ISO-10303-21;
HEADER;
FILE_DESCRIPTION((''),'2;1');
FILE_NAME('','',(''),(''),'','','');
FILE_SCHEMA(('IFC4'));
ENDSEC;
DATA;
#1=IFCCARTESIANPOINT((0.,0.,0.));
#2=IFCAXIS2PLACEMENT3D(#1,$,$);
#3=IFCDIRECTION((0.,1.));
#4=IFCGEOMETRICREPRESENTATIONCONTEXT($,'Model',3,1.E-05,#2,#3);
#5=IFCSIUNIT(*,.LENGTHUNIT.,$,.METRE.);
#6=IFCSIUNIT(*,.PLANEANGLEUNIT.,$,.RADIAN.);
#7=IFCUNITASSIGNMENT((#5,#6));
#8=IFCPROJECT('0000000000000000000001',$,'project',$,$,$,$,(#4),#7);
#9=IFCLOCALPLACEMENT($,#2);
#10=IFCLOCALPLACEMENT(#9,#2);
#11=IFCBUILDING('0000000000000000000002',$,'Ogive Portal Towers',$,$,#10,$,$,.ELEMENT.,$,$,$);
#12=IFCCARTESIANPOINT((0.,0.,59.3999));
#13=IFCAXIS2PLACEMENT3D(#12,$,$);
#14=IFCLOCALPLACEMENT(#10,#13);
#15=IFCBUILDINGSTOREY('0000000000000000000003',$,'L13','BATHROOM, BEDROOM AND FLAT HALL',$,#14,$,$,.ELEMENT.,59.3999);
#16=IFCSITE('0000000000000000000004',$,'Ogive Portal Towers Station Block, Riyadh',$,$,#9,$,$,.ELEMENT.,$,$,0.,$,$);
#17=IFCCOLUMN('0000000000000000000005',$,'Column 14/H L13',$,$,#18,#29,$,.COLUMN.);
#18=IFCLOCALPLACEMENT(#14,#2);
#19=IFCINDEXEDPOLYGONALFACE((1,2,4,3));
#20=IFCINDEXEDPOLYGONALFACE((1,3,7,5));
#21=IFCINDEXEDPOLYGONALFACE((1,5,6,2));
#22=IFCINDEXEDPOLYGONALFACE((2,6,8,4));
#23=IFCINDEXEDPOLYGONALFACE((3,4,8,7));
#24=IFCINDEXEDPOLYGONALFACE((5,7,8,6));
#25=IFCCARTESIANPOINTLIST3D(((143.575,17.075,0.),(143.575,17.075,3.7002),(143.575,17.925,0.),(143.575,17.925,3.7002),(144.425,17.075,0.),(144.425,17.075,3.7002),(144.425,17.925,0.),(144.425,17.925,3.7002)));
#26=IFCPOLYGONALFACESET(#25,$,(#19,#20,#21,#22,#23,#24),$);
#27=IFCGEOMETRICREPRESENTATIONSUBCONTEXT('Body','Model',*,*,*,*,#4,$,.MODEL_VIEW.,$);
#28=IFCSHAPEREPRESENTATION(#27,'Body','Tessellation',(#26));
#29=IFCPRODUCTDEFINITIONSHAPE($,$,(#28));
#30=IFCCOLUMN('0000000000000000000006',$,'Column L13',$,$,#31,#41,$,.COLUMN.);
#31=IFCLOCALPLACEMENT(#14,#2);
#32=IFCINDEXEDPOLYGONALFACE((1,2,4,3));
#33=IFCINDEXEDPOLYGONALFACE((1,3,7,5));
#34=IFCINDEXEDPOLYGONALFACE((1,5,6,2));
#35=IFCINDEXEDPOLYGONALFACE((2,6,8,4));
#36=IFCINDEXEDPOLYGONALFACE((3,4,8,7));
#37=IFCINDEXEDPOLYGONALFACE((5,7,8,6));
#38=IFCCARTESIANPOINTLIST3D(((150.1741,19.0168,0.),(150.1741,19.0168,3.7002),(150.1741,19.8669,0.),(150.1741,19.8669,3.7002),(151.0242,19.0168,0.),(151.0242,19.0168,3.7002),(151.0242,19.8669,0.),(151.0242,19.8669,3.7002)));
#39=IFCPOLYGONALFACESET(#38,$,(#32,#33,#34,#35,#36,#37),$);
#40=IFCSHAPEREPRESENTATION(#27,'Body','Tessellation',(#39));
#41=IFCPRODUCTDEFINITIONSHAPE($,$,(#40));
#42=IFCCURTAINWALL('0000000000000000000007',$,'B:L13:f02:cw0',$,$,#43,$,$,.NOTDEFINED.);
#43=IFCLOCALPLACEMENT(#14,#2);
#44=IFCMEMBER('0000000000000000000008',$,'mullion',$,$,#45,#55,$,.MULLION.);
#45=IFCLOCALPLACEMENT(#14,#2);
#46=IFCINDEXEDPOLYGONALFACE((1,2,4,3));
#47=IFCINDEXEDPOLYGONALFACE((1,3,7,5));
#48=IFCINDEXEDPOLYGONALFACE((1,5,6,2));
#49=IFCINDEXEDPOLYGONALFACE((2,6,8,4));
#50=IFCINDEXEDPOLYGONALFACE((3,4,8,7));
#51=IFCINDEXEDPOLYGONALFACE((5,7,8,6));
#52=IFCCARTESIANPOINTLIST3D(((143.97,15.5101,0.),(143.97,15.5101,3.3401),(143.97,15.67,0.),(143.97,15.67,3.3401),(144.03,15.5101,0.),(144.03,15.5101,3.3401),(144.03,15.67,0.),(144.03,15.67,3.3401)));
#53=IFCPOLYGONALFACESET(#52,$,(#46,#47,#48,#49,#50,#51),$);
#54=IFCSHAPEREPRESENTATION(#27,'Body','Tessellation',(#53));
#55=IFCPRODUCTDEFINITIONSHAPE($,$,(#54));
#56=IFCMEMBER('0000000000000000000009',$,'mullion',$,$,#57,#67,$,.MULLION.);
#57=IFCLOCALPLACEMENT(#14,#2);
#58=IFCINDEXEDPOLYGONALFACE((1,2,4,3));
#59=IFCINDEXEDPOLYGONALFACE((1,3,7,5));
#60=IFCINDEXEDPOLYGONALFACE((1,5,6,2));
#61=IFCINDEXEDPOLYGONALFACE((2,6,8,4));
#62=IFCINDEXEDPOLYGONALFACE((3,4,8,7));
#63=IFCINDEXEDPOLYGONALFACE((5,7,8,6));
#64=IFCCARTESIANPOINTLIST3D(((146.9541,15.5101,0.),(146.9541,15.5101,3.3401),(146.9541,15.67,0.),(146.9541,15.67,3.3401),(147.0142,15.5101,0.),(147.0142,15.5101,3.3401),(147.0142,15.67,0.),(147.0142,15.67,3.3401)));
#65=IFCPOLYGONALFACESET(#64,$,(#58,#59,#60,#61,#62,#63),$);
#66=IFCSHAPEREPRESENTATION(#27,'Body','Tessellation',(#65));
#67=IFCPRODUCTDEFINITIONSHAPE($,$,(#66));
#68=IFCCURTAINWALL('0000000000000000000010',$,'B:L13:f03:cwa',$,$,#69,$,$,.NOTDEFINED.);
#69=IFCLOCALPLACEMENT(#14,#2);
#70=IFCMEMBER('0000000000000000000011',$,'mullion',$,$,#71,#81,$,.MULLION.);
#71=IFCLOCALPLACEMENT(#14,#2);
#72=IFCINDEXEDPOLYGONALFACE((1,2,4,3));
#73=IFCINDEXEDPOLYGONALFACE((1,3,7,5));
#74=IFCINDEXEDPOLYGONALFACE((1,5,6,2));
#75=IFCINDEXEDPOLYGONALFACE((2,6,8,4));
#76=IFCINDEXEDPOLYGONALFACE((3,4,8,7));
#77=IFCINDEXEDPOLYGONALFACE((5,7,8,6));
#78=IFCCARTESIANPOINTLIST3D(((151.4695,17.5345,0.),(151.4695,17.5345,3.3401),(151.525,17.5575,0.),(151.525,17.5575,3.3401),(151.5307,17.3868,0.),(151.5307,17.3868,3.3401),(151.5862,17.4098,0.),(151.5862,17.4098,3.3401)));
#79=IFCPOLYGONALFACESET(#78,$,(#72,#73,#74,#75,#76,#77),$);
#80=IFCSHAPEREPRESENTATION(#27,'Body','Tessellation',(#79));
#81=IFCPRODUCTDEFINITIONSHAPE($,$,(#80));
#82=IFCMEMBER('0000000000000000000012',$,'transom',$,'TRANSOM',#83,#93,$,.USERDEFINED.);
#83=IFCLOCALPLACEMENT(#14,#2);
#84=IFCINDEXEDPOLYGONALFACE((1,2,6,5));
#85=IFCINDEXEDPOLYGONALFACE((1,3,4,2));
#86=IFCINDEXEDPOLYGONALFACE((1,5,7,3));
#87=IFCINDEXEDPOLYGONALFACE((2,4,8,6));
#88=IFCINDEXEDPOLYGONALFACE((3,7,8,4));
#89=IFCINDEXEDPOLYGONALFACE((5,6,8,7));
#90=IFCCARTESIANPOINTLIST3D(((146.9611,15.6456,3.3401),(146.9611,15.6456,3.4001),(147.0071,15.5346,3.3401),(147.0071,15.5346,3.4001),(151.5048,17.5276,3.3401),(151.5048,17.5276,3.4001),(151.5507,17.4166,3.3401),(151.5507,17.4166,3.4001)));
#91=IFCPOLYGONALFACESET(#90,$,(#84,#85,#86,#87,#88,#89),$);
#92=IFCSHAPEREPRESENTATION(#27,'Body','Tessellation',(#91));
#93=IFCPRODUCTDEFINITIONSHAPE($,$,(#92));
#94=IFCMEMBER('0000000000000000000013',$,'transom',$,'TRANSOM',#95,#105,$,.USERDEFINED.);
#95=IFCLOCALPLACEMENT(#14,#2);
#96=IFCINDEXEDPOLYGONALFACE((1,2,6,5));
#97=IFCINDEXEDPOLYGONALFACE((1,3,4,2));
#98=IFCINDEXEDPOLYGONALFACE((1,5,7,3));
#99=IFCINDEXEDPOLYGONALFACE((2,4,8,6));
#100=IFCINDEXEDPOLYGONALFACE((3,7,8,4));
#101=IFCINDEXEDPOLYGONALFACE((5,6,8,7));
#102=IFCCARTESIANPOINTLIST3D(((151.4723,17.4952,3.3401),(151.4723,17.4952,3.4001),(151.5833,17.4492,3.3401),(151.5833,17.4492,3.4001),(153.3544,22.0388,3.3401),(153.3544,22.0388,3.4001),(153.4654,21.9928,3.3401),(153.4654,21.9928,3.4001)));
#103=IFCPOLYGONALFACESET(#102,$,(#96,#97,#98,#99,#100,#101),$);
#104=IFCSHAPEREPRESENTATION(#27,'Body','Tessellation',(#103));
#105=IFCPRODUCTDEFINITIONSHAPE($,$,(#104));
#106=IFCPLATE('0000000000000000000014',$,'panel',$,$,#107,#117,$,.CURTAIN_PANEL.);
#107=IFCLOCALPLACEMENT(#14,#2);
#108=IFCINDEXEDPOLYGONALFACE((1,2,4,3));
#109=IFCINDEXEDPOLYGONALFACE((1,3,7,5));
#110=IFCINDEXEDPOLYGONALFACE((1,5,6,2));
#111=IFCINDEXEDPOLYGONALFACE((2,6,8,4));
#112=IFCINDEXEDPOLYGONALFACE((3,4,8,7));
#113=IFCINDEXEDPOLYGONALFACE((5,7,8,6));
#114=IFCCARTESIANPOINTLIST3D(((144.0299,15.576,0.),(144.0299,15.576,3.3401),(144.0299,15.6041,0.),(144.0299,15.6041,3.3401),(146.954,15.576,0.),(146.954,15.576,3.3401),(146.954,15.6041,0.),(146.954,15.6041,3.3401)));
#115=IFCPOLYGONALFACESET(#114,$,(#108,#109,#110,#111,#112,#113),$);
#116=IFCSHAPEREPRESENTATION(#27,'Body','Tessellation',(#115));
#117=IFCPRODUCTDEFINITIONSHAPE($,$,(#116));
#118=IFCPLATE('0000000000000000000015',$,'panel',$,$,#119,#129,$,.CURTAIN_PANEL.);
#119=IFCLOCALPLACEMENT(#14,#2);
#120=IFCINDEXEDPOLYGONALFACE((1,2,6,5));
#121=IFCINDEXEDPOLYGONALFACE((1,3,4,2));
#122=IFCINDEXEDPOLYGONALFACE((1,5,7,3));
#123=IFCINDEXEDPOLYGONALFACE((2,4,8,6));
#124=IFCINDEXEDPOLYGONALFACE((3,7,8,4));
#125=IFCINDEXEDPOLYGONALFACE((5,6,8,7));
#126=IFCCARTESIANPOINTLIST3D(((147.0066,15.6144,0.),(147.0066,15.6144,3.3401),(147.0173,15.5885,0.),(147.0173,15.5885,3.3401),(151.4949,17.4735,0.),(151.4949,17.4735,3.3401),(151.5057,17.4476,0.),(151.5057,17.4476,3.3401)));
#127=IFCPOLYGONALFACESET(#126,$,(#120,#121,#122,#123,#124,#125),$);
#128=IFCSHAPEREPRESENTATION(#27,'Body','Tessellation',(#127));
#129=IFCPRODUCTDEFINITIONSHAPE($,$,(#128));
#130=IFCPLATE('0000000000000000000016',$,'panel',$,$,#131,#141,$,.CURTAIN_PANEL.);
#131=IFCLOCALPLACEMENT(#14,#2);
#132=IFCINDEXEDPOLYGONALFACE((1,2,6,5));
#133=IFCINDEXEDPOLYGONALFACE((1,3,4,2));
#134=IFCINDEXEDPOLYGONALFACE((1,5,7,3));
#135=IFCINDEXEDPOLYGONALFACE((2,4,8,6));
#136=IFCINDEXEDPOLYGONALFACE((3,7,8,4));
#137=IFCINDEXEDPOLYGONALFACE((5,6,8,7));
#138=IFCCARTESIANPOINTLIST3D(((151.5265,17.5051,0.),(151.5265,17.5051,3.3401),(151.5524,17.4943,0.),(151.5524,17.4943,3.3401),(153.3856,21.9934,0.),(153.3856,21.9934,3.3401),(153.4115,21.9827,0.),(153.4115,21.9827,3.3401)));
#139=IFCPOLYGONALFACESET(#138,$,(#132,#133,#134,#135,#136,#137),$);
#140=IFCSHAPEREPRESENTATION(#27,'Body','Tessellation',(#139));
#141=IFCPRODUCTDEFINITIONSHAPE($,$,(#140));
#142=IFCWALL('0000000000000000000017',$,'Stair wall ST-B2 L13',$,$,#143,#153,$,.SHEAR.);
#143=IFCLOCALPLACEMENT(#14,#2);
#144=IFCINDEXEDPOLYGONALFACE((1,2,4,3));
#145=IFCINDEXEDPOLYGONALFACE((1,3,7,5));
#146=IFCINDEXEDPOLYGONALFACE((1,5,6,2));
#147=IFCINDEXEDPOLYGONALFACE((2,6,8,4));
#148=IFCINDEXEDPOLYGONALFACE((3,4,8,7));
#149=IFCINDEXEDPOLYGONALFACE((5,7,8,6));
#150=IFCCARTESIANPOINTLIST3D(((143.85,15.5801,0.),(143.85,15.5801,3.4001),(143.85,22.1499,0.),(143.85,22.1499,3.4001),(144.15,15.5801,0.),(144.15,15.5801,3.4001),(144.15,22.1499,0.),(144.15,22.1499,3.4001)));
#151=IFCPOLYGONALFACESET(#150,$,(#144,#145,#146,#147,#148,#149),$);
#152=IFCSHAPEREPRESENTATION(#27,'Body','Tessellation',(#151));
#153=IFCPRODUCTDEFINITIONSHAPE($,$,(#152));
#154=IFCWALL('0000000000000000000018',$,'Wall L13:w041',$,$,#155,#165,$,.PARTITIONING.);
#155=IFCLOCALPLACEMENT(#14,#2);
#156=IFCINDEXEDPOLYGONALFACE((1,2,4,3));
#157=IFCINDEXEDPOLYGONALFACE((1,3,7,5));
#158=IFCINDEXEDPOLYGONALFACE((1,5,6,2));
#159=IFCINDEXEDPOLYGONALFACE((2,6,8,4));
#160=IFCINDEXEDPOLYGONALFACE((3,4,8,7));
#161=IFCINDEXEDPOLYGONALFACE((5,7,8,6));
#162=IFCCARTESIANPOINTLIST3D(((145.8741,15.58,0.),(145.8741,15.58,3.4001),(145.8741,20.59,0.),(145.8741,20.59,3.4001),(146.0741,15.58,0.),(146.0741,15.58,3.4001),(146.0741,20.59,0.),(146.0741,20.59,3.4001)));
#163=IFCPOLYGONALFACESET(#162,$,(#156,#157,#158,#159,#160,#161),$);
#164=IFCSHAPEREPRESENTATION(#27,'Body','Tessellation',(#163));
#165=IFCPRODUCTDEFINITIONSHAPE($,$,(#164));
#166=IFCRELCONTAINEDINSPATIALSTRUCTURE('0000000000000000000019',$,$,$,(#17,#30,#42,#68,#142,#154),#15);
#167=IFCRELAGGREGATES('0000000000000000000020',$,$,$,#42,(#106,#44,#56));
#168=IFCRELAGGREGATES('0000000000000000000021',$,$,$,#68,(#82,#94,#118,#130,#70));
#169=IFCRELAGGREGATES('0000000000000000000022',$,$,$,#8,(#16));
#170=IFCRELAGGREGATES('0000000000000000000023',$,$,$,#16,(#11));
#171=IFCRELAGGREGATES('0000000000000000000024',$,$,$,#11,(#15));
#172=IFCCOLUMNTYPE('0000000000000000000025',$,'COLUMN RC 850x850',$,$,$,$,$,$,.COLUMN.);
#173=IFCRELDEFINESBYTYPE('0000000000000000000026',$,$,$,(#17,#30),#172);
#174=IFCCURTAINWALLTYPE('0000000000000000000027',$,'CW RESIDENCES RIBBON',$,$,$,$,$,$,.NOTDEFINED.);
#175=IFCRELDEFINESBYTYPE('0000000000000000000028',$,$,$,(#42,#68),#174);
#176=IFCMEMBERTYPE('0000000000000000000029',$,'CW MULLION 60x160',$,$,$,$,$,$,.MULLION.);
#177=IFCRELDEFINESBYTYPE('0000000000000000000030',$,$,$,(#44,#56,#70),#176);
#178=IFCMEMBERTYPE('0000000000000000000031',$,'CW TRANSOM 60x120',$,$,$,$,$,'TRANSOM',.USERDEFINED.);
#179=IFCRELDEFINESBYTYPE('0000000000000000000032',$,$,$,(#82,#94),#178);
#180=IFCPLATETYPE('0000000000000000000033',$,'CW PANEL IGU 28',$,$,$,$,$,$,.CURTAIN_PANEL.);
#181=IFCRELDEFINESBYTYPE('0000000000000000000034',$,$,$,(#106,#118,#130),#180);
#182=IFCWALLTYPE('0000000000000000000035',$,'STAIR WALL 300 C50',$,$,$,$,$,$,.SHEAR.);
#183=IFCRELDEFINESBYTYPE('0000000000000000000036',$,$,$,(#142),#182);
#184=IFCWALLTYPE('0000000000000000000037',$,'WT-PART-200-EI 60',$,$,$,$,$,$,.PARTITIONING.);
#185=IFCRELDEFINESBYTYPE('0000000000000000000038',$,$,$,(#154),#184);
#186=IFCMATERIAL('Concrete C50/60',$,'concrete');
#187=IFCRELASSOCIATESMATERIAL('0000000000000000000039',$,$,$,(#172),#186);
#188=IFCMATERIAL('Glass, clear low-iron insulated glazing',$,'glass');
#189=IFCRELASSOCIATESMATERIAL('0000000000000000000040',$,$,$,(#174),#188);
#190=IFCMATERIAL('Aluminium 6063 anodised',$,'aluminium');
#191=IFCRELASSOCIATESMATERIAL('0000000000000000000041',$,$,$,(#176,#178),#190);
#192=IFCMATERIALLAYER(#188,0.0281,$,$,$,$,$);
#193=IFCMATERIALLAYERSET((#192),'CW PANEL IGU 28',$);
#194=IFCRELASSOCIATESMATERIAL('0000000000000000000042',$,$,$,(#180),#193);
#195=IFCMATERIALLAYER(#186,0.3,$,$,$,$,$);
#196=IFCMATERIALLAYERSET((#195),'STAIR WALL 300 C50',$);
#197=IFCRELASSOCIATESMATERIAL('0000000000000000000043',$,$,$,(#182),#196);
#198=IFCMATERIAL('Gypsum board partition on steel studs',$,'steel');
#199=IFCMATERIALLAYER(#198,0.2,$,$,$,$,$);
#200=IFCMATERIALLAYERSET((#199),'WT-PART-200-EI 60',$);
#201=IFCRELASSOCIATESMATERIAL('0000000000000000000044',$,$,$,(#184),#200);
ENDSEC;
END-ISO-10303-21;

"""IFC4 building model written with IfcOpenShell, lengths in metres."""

from ifc_helpers import new_model, si_unit, direction, frame, frame_2d, origin, origin_2d, place, context, subcontext, project, spatial, rectangle, extrude, material, layer, layer_set, material_profile, profile_set, type_object, element, aggregate, save


model = new_model("IFC4")

# Units and contexts
model_context = context("Model", 3, precision=1e-05, world=origin(), true_north=direction((0.0, 1.0)))
body_context = subcontext(model_context, "Body", "Model", "MODEL_VIEW")
ifc_project = project(units=[si_unit("LENGTHUNIT", "METRE"), si_unit("PLANEANGLEUNIT", "RADIAN")], contexts=[model_context])

# Site, building, storey
site_placement = place(None, origin())
site = spatial("IfcSite", under=ifc_project, at=site_placement, Name="Ogive Portal Towers Station Block, Riyadh", CompositionType="ELEMENT", RefElevation=0.0)
building_placement = place(site_placement, origin())
building = spatial("IfcBuilding", under=site, at=building_placement, Name="Ogive Portal Towers", CompositionType="ELEMENT")
storey_placement = place(building_placement, frame((0.0, 0.0, 59.3999)))
storey = spatial("IfcBuildingStorey", under=building, at=storey_placement, Name="L13", Description="BATHROOM, BEDROOM AND FLAT HALL", CompositionType="ELEMENT", Elevation=59.3999)

# Columns
ifc_material_1 = material(Name="Concrete C50/60", Category="concrete")
ifc_material_profile_1 = material_profile(ifc_material_1, rectangle(XDim=0.8501, YDim=0.8501, at=origin_2d()), Name="RC 850x850")
ifc_profile_set_1 = profile_set([ifc_material_profile_1], Name="Concrete C50/60")
column_type = type_object("IfcColumnType", Name="COLUMN RC 850x850", PredefinedType="COLUMN", material=ifc_profile_set_1)
for number, where, z_axis, x_axis, name in (
    (1, (144.0, 17.5, 0.0), (0.0, 0.0, 1.0), (1.0, 0.0, 0.0), "Column 14/H L13"),
    (2, (150.5991, 19.4419, 0.0), (0.0, 0.0, 1.0), (1.0, 0.0, 0.0), "Column L13"),
):
    element("IfcColumn", number, at=place(storey_placement, frame(where, z_axis=z_axis, x_axis=x_axis)), inside=storey, type_object=column_type, Name=name, PredefinedType="COLUMN", context=body_context, shape_type="SweptSolid", body=[
        extrude(rectangle(XDim=0.8501, YDim=0.8501, at=origin_2d()), origin(), (0.0, 0.0, 1.0), 3.7002),
    ])

# Curtain walls, members
ifc_material_2 = material(Name="Glass, clear low-iron insulated glazing", Category="glass")
curtain_wall_type = type_object("IfcCurtainWallType", Name="CW RESIDENCES RIBBON", PredefinedType="NOTDEFINED", material=ifc_material_2)
curtain_wall_1_placement = place(storey_placement, origin())
curtain_wall_1 = element("IfcCurtainWall", 3, at=curtain_wall_1_placement, inside=storey, type_object=curtain_wall_type, Name="B:L13:f02:cw0", PredefinedType="NOTDEFINED")
ifc_material_3 = material(Name="Aluminium 6063 anodised", Category="aluminium")
ifc_material_profile_2 = material_profile(ifc_material_3, rectangle(XDim=0.1599, YDim=0.0601, at=origin_2d()), Name="AL 60x160")
ifc_profile_set_2 = profile_set([ifc_material_profile_2], Name="Aluminium 6063 anodised")
member_type_1 = type_object("IfcMemberType", Name="CW MULLION 60x160", PredefinedType="MULLION", material=ifc_profile_set_2)
member_1_placement = place(storey_placement, frame((144.0, 15.5901, 0.0), z_axis=(0.0, 0.0, 1.0), x_axis=(0.0, 1.0, 0.0)))
member_1 = element("IfcMember", 4, at=member_1_placement, type_object=member_type_1, Name="mullion", PredefinedType="MULLION", context=body_context, shape_type="SweptSolid", body=[
    extrude(rectangle(XDim=0.1599, YDim=0.0601, at=origin_2d()), origin(), (0.0, 0.0, 1.0), 3.3401),
])
member_2_placement = place(storey_placement, frame((146.9841, 15.5901, 0.0), z_axis=(0.0, 0.0, 1.0), x_axis=(0.0, 1.0, 0.0)))
member_2 = element("IfcMember", 5, at=member_2_placement, type_object=member_type_1, Name="mullion", PredefinedType="MULLION", context=body_context, shape_type="SweptSolid", body=[
    extrude(rectangle(XDim=0.1599, YDim=0.0601, at=origin_2d()), origin(), (0.0, 0.0, 1.0), 3.3401),
])
curtain_wall_2_placement = place(storey_placement, origin())
curtain_wall_2 = element("IfcCurtainWall", 6, at=curtain_wall_2_placement, inside=storey, type_object=curtain_wall_type, Name="B:L13:f03:cwa", PredefinedType="NOTDEFINED")
member_3_placement = place(storey_placement, frame((151.5278, 17.4722, 0.0), z_axis=(0.0, 0.0, 1.0), x_axis=(-0.382683, 0.92388, 0.0)))
member_3 = element("IfcMember", 7, at=member_3_placement, type_object=member_type_1, Name="mullion", PredefinedType="MULLION", context=body_context, shape_type="SweptSolid", body=[
    extrude(rectangle(XDim=0.1599, YDim=0.0601, at=origin_2d()), origin(), (0.0, 0.0, 1.0), 3.3401),
])
ifc_material_profile_3 = material_profile(ifc_material_3, rectangle(XDim=0.1201, YDim=0.0601, at=origin_2d()), Name="AL 120x60")
ifc_profile_set_3 = profile_set([ifc_material_profile_3], Name="Aluminium 6063 anodised")
member_type_2 = type_object("IfcMemberType", Name="CW TRANSOM 60x120", ElementType="TRANSOM", PredefinedType="USERDEFINED", material=ifc_profile_set_3)
member_4_placement = place(storey_placement, frame((146.9841, 15.5901, 3.3701), z_axis=(0.923878, 0.382686, 0.0), x_axis=(-0.382686, 0.923878, 0.0)))
member_4 = element("IfcMember", 8, at=member_4_placement, type_object=member_type_2, Name="transom", ObjectType="TRANSOM", PredefinedType="USERDEFINED", context=body_context, shape_type="SweptSolid", body=[
    extrude(rectangle(XDim=0.1201, YDim=0.0601, at=origin_2d()), origin(), (0.0, 0.0, 1.0), 4.918),
])
member_5_placement = place(storey_placement, frame((151.5278, 17.4722, 3.3701), z_axis=(0.382686, 0.923878, 0.0), x_axis=(-0.923878, 0.382686, 0.0)))
member_5 = element("IfcMember", 9, at=member_5_placement, type_object=member_type_2, Name="transom", ObjectType="TRANSOM", PredefinedType="USERDEFINED", context=body_context, shape_type="SweptSolid", body=[
    extrude(rectangle(XDim=0.1201, YDim=0.0601, at=origin_2d()), origin(), (0.0, 0.0, 1.0), 4.918),
])

# Plates
ifc_layer_1 = layer(ifc_material_2, 0.0281)
ifc_layer_set_1 = layer_set([ifc_layer_1], Name="CW PANEL IGU 28")
plate_type = type_object("IfcPlateType", Name="CW PANEL IGU 28", PredefinedType="CURTAIN_PANEL", material=ifc_layer_set_1)
plate_1_placement = place(storey_placement, frame((145.4919, 15.5901, 0.0), z_axis=(0.0, 0.0, 1.0), x_axis=(1.0, 0.0, 0.0)))
plate_1 = element("IfcPlate", 10, at=plate_1_placement, type_object=plate_type, Name="panel", PredefinedType="CURTAIN_PANEL", context=body_context, shape_type="SweptSolid", body=[
    extrude(rectangle(XDim=2.9241, YDim=0.0281, at=origin_2d()), origin(), (0.0, 0.0, 1.0), 3.3401),
])
aggregate(curtain_wall_1, [plate_1, member_1, member_2])
plate_2_placement = place(storey_placement, frame((149.2561, 16.531, 0.0), z_axis=(0.0, 0.0, 1.0), x_axis=(0.92388, 0.382683, 0.0)))
plate_2 = element("IfcPlate", 11, at=plate_2_placement, type_object=plate_type, Name="panel", PredefinedType="CURTAIN_PANEL", context=body_context, shape_type="SweptSolid", body=[
    extrude(rectangle(XDim=4.8582, YDim=0.0281, at=origin_2d()), origin(), (0.0, 0.0, 1.0), 3.3401),
])
plate_3_placement = place(storey_placement, frame((152.469, 19.7439, 0.0), z_axis=(0.0, 0.0, 1.0), x_axis=(0.382683, 0.92388, 0.0)))
plate_3 = element("IfcPlate", 12, at=plate_3_placement, type_object=plate_type, Name="panel", PredefinedType="CURTAIN_PANEL", context=body_context, shape_type="SweptSolid", body=[
    extrude(rectangle(XDim=4.8582, YDim=0.0281, at=origin_2d()), origin(), (0.0, 0.0, 1.0), 3.3401),
])
aggregate(curtain_wall_2, [member_4, member_5, plate_2, plate_3, member_3])

# Walls
ifc_layer_2 = layer(ifc_material_1, 0.3)
ifc_layer_set_2 = layer_set([ifc_layer_2], Name="STAIR WALL 300 C50")
wall_type_1 = type_object("IfcWallType", Name="STAIR WALL 300 C50", PredefinedType="SHEAR", material=ifc_layer_set_2)
wall_1_placement = place(storey_placement, frame((144.0, 15.5801, 0.0), z_axis=(0.0, 0.0, 1.0), x_axis=(0.0, 1.0, 0.0)))
element("IfcWall", 13, at=wall_1_placement, inside=storey, type_object=wall_type_1, Name="Stair wall ST-B2 L13", PredefinedType="SHEAR", context=body_context, shape_type="SweptSolid", body=[
    extrude(rectangle(XDim=6.5698, YDim=0.3, at=frame_2d((3.2849, 0.0))), origin(), (0.0, 0.0, 1.0), 3.4001),
])
ifc_material_4 = material(Name="Gypsum board partition on steel studs", Category="steel")
ifc_layer_3 = layer(ifc_material_4, 0.2)
ifc_layer_set_3 = layer_set([ifc_layer_3], Name="WT-PART-200-EI 60")
wall_type_2 = type_object("IfcWallType", Name="WT-PART-200-EI 60", PredefinedType="PARTITIONING", material=ifc_layer_set_3)
wall_2_placement = place(storey_placement, frame((145.9741, 15.5801, 0.0), z_axis=(0.0, 0.0, 1.0), x_axis=(0.0, 1.0, 0.0)))
element("IfcWall", 14, at=wall_2_placement, inside=storey, type_object=wall_type_2, Name="Wall L13:w041", PredefinedType="PARTITIONING", context=body_context, shape_type="SweptSolid", body=[
    extrude(rectangle(XDim=5.01, YDim=0.2, at=frame_2d((2.5049, 0.0))), origin(), (0.0, 0.0, 1.0), 3.4001),
])

save(model, "model.ifc")
